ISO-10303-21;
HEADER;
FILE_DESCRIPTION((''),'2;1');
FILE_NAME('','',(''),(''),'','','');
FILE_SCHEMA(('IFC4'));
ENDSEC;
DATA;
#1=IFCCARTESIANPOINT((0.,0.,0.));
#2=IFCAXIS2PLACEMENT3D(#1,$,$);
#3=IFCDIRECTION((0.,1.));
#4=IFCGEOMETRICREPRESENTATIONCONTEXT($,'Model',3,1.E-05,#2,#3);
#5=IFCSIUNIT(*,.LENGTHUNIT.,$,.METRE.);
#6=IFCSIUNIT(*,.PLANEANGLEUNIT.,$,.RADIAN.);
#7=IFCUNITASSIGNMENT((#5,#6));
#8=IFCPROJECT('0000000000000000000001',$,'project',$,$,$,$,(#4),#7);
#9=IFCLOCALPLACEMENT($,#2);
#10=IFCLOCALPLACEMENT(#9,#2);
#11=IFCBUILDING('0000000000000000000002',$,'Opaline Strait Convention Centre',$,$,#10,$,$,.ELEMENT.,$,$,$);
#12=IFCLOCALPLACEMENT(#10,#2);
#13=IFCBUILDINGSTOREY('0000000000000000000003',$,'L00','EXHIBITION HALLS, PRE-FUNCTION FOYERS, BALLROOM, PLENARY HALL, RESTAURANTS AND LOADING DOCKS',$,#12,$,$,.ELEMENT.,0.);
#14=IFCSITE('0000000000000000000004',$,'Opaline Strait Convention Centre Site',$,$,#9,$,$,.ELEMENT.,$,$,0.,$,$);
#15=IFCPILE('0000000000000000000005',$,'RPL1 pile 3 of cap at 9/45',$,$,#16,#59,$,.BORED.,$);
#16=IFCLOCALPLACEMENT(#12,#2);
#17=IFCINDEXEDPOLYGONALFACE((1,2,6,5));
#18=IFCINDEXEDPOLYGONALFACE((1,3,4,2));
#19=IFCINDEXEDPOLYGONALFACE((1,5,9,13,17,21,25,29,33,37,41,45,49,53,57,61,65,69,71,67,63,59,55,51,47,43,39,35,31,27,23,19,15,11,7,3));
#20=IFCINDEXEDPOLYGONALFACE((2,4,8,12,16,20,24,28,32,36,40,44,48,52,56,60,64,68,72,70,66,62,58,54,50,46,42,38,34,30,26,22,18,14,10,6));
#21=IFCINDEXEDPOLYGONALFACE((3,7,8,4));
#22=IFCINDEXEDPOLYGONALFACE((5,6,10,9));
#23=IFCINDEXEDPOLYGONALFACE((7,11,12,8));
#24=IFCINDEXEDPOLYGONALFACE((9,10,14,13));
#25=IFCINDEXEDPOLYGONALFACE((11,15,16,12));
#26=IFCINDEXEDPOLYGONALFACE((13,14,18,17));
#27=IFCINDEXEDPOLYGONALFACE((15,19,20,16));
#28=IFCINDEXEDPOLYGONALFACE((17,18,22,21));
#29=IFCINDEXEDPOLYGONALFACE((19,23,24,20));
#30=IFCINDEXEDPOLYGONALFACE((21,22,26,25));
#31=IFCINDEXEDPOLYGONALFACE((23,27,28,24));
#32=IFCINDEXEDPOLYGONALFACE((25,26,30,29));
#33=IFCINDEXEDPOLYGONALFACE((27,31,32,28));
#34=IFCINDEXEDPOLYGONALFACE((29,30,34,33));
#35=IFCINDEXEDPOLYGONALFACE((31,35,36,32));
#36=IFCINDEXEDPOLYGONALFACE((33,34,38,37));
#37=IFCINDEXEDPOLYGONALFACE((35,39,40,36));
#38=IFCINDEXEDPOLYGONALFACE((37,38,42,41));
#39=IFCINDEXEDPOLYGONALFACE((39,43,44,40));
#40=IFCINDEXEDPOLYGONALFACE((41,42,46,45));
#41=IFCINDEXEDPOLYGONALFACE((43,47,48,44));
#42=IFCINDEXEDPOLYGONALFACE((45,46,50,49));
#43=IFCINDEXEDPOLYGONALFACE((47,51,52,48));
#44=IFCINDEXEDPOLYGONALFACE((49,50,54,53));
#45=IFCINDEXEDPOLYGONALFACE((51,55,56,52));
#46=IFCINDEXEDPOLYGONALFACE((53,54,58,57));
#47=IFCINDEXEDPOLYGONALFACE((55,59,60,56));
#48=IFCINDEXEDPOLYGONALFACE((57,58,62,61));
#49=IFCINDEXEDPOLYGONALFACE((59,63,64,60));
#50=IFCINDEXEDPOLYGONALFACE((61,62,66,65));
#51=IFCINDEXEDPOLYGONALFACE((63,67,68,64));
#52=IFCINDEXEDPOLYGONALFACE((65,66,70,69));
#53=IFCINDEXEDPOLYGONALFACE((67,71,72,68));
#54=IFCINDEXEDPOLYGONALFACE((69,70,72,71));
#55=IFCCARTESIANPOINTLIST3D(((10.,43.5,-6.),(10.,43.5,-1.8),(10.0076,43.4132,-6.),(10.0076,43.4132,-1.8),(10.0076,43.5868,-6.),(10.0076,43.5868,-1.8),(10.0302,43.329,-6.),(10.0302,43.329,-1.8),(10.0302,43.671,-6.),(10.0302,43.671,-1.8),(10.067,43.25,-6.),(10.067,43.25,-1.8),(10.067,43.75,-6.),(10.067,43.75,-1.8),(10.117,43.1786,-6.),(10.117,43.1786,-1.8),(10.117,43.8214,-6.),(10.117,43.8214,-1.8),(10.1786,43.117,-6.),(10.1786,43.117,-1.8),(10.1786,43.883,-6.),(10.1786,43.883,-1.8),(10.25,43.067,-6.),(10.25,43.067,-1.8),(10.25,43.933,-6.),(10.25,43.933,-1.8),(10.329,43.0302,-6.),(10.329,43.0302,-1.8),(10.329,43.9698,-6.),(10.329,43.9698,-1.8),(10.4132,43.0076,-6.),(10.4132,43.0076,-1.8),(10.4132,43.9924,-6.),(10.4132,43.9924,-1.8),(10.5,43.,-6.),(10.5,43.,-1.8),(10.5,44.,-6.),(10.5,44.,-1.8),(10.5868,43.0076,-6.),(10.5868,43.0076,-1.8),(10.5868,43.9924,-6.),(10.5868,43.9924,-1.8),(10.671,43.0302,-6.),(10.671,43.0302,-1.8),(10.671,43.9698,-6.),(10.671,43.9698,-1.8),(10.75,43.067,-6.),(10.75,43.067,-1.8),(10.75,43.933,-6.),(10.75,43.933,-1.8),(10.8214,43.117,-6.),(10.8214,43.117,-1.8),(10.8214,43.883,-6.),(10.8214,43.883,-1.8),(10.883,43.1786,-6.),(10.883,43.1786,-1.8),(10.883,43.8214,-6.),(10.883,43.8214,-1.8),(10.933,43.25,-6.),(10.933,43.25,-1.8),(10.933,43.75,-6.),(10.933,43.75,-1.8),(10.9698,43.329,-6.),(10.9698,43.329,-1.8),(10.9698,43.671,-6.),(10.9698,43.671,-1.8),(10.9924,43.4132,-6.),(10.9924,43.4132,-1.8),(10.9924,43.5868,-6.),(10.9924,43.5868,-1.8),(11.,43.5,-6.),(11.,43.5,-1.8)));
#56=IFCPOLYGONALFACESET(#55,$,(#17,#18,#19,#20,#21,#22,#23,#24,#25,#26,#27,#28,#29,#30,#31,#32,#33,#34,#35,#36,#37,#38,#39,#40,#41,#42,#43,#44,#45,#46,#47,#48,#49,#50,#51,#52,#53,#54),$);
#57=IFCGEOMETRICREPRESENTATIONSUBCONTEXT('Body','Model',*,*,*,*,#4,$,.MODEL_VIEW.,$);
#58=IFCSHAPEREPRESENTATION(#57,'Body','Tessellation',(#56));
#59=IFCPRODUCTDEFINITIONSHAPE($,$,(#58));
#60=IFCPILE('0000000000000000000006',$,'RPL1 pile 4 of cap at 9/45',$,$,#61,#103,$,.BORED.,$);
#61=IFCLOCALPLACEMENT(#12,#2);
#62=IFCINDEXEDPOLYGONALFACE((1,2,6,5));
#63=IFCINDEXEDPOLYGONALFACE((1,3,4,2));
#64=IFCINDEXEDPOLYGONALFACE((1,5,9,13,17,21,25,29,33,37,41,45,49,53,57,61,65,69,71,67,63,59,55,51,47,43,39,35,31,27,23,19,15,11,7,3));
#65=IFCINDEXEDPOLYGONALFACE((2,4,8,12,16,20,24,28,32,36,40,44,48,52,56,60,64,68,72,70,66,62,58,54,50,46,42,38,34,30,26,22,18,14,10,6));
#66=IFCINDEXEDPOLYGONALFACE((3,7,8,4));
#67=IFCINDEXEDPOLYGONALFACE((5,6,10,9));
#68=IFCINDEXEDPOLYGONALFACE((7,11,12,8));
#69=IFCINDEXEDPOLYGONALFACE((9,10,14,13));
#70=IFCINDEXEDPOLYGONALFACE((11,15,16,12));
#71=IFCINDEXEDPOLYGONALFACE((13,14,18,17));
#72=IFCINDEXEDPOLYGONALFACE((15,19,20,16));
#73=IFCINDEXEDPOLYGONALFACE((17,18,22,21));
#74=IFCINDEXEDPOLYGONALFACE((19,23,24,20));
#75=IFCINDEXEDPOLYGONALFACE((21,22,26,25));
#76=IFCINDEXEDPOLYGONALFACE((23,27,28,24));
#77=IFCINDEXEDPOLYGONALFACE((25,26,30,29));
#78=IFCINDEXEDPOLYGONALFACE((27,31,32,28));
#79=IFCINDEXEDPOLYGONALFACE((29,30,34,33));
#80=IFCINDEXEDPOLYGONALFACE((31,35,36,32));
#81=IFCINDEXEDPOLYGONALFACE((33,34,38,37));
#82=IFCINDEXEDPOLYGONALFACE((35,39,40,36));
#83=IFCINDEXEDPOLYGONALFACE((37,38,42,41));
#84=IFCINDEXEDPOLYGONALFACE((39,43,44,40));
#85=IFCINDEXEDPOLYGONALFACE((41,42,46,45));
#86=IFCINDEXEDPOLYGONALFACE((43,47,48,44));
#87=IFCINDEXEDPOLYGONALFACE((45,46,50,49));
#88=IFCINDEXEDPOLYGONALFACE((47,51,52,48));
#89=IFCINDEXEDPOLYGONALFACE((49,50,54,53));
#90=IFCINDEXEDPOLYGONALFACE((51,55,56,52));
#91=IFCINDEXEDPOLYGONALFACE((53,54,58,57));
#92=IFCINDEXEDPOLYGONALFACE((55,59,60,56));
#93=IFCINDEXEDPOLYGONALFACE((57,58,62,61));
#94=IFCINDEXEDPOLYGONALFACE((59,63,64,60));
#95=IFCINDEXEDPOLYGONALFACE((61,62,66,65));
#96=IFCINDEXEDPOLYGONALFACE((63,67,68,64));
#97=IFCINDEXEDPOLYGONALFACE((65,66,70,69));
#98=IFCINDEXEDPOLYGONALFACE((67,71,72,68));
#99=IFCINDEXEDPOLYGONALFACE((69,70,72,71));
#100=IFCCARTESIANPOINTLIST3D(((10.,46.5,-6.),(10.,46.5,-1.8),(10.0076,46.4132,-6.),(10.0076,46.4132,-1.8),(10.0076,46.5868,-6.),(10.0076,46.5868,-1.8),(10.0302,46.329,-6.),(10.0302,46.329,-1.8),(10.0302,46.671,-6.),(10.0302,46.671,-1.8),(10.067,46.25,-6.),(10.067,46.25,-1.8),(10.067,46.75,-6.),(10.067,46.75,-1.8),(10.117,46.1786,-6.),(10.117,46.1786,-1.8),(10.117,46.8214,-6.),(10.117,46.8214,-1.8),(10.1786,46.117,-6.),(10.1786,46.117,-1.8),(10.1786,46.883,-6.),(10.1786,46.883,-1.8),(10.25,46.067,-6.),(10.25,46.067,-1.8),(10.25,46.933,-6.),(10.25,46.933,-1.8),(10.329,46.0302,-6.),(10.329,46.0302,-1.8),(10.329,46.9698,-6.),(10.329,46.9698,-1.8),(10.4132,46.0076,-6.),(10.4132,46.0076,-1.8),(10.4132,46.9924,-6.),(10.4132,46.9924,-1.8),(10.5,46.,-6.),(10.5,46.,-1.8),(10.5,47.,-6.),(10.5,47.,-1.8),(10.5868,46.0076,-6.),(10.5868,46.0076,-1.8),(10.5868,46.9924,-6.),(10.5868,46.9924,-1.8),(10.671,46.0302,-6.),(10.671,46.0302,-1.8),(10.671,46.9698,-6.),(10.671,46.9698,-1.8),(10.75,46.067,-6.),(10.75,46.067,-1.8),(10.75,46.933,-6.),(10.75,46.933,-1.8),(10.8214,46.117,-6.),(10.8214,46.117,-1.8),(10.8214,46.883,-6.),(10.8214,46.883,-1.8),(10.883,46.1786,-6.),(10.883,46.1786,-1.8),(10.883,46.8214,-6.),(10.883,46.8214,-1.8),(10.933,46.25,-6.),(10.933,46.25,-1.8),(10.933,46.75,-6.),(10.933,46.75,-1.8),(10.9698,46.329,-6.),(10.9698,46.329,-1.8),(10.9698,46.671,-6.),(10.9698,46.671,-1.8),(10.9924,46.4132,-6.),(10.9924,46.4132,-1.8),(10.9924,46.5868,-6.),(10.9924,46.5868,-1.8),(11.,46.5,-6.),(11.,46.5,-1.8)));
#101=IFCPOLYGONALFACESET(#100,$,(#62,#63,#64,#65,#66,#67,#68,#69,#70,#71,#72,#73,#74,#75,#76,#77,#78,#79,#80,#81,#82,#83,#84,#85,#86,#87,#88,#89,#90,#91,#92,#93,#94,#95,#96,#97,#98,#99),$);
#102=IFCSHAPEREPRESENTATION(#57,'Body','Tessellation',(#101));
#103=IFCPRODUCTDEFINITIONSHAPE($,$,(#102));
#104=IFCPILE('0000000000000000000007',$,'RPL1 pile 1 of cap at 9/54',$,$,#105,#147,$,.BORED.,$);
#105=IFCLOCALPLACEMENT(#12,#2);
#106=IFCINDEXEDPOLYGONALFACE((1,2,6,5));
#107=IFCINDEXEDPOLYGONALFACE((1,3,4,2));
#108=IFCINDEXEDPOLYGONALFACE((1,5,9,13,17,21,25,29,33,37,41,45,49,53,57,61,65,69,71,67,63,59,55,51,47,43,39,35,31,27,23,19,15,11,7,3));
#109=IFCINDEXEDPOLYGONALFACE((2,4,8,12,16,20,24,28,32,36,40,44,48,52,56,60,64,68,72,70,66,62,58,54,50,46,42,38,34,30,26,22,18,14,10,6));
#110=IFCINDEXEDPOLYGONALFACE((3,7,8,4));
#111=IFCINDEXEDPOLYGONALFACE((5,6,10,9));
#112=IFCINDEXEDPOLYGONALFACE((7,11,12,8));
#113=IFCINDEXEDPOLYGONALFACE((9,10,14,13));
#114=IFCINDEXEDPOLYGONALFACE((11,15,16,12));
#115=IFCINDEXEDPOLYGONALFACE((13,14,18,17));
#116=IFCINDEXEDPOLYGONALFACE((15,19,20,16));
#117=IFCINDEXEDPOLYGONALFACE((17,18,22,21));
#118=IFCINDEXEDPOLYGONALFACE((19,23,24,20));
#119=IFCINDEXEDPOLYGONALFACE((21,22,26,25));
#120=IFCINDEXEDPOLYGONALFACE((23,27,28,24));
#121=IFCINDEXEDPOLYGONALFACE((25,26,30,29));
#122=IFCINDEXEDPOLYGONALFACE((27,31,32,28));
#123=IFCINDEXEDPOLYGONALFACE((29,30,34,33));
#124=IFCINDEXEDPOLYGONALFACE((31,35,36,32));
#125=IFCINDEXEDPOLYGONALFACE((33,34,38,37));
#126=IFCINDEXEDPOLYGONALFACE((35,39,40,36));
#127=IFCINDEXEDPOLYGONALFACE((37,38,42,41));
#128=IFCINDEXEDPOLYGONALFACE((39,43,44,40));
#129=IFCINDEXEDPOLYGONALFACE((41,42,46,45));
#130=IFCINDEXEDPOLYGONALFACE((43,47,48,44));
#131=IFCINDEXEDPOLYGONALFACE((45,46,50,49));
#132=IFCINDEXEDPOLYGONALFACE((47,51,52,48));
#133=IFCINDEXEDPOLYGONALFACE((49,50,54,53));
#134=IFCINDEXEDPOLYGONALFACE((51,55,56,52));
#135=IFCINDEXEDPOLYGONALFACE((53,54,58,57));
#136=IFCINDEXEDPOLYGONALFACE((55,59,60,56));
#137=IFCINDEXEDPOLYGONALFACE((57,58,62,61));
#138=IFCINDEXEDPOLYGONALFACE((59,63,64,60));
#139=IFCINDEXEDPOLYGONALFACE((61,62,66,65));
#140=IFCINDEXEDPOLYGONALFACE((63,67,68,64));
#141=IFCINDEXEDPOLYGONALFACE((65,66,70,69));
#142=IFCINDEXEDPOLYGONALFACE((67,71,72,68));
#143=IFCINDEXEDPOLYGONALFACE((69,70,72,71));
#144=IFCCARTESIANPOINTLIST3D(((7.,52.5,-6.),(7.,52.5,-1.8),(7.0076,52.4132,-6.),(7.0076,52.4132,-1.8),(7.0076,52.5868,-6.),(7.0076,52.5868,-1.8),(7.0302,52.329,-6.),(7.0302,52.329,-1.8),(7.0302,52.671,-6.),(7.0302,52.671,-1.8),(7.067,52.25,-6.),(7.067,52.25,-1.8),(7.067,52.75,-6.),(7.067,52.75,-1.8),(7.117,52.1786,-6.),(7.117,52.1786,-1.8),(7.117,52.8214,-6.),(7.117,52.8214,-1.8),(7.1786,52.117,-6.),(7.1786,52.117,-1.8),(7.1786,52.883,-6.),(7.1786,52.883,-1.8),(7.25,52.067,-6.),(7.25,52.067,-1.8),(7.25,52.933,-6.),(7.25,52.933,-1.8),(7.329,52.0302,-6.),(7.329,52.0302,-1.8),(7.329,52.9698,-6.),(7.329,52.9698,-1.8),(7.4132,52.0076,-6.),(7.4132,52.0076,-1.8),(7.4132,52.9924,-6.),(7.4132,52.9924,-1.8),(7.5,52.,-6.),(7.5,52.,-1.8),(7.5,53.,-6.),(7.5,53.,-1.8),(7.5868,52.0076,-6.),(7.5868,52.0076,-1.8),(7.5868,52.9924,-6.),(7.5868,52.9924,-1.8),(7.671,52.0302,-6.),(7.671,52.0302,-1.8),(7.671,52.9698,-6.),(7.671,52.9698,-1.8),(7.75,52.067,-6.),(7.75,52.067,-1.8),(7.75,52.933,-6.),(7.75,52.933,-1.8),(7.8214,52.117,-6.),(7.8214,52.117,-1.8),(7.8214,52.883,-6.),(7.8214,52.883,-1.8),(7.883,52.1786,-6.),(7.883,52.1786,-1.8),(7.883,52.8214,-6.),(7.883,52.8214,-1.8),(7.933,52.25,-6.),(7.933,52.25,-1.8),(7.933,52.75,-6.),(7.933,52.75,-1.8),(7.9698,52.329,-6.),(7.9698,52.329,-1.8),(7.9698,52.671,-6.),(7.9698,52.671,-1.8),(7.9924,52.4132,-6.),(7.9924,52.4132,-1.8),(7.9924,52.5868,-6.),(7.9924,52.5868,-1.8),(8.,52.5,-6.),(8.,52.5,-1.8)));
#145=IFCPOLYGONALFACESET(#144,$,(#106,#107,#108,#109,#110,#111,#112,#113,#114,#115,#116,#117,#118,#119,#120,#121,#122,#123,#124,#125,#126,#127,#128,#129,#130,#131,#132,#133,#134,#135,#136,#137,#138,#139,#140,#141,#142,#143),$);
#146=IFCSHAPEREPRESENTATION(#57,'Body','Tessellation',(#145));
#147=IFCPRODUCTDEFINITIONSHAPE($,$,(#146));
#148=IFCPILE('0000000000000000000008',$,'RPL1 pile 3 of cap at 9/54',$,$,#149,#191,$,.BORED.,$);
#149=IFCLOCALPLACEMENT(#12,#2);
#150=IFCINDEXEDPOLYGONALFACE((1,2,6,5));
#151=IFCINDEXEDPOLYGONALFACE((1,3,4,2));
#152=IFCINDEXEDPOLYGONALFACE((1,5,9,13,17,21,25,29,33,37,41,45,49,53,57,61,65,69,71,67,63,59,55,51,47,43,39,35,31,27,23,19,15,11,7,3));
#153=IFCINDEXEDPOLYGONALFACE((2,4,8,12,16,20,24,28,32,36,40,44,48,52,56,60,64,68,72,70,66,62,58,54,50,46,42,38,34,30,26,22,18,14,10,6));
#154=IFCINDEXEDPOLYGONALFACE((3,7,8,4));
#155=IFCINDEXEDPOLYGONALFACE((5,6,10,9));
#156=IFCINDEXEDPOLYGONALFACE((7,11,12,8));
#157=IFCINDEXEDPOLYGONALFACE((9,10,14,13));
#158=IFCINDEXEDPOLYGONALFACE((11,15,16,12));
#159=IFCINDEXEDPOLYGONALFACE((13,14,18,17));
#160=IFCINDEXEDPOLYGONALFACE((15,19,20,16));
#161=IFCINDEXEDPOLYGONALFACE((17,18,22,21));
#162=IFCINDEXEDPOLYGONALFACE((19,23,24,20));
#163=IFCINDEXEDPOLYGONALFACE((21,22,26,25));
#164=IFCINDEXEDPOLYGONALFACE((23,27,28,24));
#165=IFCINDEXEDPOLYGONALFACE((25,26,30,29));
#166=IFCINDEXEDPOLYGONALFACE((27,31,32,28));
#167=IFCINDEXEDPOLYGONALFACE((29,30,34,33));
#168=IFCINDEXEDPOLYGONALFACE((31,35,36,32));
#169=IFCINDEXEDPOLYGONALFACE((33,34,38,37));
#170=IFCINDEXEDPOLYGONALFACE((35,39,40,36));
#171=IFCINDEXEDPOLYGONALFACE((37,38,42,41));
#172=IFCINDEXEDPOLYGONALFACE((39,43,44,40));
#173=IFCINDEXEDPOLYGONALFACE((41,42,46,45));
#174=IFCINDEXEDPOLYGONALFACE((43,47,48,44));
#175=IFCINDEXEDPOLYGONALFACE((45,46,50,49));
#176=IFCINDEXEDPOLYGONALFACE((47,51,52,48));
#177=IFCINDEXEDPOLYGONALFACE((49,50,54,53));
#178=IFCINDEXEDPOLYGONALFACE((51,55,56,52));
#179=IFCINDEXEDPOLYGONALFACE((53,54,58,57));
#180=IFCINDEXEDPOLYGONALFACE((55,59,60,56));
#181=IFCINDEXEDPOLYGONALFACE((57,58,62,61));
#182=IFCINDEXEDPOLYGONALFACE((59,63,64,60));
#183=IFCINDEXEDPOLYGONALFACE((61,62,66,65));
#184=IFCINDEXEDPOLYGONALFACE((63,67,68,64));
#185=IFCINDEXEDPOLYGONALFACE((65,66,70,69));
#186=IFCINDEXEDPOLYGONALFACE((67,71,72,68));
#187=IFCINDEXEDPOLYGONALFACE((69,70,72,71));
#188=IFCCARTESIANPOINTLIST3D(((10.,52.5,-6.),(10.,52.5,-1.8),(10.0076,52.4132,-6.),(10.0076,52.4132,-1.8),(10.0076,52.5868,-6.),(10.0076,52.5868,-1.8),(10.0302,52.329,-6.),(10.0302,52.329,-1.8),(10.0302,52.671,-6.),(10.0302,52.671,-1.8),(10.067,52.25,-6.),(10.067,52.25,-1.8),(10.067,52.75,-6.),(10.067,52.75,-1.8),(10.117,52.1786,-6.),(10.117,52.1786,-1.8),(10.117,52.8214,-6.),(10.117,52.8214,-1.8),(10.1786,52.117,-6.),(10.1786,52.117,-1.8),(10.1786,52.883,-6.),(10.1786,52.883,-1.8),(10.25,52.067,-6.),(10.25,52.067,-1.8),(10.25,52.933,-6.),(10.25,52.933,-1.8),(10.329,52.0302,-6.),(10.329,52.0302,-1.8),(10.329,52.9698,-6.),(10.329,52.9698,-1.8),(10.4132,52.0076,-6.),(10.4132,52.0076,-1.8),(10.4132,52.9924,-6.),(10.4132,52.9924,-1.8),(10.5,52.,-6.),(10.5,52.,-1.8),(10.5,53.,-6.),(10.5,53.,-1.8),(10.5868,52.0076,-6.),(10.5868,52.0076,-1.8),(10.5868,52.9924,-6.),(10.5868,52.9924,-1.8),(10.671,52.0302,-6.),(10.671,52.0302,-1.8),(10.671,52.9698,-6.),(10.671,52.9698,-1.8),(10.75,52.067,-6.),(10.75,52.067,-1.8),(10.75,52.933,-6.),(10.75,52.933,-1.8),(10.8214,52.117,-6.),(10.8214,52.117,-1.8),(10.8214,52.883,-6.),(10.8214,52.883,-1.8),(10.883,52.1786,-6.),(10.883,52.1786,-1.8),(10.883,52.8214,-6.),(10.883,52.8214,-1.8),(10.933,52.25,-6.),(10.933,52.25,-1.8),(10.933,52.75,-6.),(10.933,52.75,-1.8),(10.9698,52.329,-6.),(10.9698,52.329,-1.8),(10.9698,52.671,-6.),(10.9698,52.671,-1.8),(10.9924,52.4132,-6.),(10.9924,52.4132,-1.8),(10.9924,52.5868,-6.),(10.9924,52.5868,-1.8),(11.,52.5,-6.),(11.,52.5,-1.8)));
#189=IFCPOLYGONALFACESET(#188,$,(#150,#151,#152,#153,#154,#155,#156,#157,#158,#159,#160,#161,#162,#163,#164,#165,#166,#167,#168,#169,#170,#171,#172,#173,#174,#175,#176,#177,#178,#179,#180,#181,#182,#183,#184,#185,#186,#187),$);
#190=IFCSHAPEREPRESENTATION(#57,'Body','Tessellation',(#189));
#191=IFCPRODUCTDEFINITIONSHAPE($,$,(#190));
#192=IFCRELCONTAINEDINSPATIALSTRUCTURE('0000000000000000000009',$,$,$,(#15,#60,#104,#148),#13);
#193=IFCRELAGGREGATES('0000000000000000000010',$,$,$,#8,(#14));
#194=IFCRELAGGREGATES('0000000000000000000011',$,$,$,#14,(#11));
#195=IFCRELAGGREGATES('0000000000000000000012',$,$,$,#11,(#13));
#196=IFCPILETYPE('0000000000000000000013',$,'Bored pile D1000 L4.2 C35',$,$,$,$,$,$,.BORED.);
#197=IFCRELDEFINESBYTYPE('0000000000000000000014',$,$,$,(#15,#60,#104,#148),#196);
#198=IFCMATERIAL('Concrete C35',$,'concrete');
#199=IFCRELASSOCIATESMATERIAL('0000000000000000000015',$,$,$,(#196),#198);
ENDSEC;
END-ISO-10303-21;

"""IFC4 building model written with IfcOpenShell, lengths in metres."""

from ifc_helpers import new_model, si_unit, direction, frame, origin, origin_2d, place, context, subcontext, project, spatial, circle, extrude, material, material_profile, profile_set, type_object, element, save


model = new_model("IFC4")

# Units and contexts
model_context = context("Model", 3, precision=1e-05, world=origin(), true_north=direction((0.0, 1.0)))
body_context = subcontext(model_context, "Body", "Model", "MODEL_VIEW")
ifc_project = project(units=[si_unit("LENGTHUNIT", "METRE"), si_unit("PLANEANGLEUNIT", "RADIAN")], contexts=[model_context])

# Site, building, storey
site_placement = place(None, origin())
site = spatial("IfcSite", under=ifc_project, at=site_placement, Name="Opaline Strait Convention Centre Site", CompositionType="ELEMENT", RefElevation=0.0)
building_placement = place(site_placement, origin())
building = spatial("IfcBuilding", under=site, at=building_placement, Name="Opaline Strait Convention Centre", CompositionType="ELEMENT")
storey_placement = place(building_placement, origin())
storey = spatial("IfcBuildingStorey", under=building, at=storey_placement, Name="L00", Description="EXHIBITION HALLS, PRE-FUNCTION FOYERS, BALLROOM, PLENARY HALL, RESTAURANTS AND LOADING DOCKS", CompositionType="ELEMENT", Elevation=0.0)

# Piles
ifc_material_1 = material(Name="Concrete C35", Category="concrete")
ifc_material_profile_1 = material_profile(ifc_material_1, circle(Radius=0.5, at=origin_2d()), Name="D1000")
ifc_profile_set_1 = profile_set([ifc_material_profile_1], Name="Concrete C35")
pile_type = type_object("IfcPileType", Name="Bored pile D1000 L4.2 C35", PredefinedType="BORED", material=ifc_profile_set_1)
for number, where, z_axis, x_axis, name in (
    (1, (10.5, 43.5, -1.8), (0.0, 0.0, -1.0), (1.0, 0.0, 0.0), "RPL1 pile 3 of cap at 9/45"),
    (2, (10.5, 46.5, -1.8), (0.0, 0.0, -1.0), (1.0, 0.0, 0.0), "RPL1 pile 4 of cap at 9/45"),
    (3, (7.5, 52.5, -1.8), (0.0, 0.0, -1.0), (1.0, 0.0, 0.0), "RPL1 pile 1 of cap at 9/54"),
    (4, (10.5, 52.5, -1.8), (0.0, 0.0, -1.0), (1.0, 0.0, 0.0), "RPL1 pile 3 of cap at 9/54"),
):
    element("IfcPile", number, at=place(storey_placement, frame(where, z_axis=z_axis, x_axis=x_axis)), inside=storey, type_object=pile_type, Name=name, PredefinedType="BORED", context=body_context, shape_type="SweptSolid", body=[
        extrude(circle(Radius=0.5, at=origin_2d()), origin(), (0.0, 0.0, 1.0), 4.2),
    ])

save(model, "model.ifc")
